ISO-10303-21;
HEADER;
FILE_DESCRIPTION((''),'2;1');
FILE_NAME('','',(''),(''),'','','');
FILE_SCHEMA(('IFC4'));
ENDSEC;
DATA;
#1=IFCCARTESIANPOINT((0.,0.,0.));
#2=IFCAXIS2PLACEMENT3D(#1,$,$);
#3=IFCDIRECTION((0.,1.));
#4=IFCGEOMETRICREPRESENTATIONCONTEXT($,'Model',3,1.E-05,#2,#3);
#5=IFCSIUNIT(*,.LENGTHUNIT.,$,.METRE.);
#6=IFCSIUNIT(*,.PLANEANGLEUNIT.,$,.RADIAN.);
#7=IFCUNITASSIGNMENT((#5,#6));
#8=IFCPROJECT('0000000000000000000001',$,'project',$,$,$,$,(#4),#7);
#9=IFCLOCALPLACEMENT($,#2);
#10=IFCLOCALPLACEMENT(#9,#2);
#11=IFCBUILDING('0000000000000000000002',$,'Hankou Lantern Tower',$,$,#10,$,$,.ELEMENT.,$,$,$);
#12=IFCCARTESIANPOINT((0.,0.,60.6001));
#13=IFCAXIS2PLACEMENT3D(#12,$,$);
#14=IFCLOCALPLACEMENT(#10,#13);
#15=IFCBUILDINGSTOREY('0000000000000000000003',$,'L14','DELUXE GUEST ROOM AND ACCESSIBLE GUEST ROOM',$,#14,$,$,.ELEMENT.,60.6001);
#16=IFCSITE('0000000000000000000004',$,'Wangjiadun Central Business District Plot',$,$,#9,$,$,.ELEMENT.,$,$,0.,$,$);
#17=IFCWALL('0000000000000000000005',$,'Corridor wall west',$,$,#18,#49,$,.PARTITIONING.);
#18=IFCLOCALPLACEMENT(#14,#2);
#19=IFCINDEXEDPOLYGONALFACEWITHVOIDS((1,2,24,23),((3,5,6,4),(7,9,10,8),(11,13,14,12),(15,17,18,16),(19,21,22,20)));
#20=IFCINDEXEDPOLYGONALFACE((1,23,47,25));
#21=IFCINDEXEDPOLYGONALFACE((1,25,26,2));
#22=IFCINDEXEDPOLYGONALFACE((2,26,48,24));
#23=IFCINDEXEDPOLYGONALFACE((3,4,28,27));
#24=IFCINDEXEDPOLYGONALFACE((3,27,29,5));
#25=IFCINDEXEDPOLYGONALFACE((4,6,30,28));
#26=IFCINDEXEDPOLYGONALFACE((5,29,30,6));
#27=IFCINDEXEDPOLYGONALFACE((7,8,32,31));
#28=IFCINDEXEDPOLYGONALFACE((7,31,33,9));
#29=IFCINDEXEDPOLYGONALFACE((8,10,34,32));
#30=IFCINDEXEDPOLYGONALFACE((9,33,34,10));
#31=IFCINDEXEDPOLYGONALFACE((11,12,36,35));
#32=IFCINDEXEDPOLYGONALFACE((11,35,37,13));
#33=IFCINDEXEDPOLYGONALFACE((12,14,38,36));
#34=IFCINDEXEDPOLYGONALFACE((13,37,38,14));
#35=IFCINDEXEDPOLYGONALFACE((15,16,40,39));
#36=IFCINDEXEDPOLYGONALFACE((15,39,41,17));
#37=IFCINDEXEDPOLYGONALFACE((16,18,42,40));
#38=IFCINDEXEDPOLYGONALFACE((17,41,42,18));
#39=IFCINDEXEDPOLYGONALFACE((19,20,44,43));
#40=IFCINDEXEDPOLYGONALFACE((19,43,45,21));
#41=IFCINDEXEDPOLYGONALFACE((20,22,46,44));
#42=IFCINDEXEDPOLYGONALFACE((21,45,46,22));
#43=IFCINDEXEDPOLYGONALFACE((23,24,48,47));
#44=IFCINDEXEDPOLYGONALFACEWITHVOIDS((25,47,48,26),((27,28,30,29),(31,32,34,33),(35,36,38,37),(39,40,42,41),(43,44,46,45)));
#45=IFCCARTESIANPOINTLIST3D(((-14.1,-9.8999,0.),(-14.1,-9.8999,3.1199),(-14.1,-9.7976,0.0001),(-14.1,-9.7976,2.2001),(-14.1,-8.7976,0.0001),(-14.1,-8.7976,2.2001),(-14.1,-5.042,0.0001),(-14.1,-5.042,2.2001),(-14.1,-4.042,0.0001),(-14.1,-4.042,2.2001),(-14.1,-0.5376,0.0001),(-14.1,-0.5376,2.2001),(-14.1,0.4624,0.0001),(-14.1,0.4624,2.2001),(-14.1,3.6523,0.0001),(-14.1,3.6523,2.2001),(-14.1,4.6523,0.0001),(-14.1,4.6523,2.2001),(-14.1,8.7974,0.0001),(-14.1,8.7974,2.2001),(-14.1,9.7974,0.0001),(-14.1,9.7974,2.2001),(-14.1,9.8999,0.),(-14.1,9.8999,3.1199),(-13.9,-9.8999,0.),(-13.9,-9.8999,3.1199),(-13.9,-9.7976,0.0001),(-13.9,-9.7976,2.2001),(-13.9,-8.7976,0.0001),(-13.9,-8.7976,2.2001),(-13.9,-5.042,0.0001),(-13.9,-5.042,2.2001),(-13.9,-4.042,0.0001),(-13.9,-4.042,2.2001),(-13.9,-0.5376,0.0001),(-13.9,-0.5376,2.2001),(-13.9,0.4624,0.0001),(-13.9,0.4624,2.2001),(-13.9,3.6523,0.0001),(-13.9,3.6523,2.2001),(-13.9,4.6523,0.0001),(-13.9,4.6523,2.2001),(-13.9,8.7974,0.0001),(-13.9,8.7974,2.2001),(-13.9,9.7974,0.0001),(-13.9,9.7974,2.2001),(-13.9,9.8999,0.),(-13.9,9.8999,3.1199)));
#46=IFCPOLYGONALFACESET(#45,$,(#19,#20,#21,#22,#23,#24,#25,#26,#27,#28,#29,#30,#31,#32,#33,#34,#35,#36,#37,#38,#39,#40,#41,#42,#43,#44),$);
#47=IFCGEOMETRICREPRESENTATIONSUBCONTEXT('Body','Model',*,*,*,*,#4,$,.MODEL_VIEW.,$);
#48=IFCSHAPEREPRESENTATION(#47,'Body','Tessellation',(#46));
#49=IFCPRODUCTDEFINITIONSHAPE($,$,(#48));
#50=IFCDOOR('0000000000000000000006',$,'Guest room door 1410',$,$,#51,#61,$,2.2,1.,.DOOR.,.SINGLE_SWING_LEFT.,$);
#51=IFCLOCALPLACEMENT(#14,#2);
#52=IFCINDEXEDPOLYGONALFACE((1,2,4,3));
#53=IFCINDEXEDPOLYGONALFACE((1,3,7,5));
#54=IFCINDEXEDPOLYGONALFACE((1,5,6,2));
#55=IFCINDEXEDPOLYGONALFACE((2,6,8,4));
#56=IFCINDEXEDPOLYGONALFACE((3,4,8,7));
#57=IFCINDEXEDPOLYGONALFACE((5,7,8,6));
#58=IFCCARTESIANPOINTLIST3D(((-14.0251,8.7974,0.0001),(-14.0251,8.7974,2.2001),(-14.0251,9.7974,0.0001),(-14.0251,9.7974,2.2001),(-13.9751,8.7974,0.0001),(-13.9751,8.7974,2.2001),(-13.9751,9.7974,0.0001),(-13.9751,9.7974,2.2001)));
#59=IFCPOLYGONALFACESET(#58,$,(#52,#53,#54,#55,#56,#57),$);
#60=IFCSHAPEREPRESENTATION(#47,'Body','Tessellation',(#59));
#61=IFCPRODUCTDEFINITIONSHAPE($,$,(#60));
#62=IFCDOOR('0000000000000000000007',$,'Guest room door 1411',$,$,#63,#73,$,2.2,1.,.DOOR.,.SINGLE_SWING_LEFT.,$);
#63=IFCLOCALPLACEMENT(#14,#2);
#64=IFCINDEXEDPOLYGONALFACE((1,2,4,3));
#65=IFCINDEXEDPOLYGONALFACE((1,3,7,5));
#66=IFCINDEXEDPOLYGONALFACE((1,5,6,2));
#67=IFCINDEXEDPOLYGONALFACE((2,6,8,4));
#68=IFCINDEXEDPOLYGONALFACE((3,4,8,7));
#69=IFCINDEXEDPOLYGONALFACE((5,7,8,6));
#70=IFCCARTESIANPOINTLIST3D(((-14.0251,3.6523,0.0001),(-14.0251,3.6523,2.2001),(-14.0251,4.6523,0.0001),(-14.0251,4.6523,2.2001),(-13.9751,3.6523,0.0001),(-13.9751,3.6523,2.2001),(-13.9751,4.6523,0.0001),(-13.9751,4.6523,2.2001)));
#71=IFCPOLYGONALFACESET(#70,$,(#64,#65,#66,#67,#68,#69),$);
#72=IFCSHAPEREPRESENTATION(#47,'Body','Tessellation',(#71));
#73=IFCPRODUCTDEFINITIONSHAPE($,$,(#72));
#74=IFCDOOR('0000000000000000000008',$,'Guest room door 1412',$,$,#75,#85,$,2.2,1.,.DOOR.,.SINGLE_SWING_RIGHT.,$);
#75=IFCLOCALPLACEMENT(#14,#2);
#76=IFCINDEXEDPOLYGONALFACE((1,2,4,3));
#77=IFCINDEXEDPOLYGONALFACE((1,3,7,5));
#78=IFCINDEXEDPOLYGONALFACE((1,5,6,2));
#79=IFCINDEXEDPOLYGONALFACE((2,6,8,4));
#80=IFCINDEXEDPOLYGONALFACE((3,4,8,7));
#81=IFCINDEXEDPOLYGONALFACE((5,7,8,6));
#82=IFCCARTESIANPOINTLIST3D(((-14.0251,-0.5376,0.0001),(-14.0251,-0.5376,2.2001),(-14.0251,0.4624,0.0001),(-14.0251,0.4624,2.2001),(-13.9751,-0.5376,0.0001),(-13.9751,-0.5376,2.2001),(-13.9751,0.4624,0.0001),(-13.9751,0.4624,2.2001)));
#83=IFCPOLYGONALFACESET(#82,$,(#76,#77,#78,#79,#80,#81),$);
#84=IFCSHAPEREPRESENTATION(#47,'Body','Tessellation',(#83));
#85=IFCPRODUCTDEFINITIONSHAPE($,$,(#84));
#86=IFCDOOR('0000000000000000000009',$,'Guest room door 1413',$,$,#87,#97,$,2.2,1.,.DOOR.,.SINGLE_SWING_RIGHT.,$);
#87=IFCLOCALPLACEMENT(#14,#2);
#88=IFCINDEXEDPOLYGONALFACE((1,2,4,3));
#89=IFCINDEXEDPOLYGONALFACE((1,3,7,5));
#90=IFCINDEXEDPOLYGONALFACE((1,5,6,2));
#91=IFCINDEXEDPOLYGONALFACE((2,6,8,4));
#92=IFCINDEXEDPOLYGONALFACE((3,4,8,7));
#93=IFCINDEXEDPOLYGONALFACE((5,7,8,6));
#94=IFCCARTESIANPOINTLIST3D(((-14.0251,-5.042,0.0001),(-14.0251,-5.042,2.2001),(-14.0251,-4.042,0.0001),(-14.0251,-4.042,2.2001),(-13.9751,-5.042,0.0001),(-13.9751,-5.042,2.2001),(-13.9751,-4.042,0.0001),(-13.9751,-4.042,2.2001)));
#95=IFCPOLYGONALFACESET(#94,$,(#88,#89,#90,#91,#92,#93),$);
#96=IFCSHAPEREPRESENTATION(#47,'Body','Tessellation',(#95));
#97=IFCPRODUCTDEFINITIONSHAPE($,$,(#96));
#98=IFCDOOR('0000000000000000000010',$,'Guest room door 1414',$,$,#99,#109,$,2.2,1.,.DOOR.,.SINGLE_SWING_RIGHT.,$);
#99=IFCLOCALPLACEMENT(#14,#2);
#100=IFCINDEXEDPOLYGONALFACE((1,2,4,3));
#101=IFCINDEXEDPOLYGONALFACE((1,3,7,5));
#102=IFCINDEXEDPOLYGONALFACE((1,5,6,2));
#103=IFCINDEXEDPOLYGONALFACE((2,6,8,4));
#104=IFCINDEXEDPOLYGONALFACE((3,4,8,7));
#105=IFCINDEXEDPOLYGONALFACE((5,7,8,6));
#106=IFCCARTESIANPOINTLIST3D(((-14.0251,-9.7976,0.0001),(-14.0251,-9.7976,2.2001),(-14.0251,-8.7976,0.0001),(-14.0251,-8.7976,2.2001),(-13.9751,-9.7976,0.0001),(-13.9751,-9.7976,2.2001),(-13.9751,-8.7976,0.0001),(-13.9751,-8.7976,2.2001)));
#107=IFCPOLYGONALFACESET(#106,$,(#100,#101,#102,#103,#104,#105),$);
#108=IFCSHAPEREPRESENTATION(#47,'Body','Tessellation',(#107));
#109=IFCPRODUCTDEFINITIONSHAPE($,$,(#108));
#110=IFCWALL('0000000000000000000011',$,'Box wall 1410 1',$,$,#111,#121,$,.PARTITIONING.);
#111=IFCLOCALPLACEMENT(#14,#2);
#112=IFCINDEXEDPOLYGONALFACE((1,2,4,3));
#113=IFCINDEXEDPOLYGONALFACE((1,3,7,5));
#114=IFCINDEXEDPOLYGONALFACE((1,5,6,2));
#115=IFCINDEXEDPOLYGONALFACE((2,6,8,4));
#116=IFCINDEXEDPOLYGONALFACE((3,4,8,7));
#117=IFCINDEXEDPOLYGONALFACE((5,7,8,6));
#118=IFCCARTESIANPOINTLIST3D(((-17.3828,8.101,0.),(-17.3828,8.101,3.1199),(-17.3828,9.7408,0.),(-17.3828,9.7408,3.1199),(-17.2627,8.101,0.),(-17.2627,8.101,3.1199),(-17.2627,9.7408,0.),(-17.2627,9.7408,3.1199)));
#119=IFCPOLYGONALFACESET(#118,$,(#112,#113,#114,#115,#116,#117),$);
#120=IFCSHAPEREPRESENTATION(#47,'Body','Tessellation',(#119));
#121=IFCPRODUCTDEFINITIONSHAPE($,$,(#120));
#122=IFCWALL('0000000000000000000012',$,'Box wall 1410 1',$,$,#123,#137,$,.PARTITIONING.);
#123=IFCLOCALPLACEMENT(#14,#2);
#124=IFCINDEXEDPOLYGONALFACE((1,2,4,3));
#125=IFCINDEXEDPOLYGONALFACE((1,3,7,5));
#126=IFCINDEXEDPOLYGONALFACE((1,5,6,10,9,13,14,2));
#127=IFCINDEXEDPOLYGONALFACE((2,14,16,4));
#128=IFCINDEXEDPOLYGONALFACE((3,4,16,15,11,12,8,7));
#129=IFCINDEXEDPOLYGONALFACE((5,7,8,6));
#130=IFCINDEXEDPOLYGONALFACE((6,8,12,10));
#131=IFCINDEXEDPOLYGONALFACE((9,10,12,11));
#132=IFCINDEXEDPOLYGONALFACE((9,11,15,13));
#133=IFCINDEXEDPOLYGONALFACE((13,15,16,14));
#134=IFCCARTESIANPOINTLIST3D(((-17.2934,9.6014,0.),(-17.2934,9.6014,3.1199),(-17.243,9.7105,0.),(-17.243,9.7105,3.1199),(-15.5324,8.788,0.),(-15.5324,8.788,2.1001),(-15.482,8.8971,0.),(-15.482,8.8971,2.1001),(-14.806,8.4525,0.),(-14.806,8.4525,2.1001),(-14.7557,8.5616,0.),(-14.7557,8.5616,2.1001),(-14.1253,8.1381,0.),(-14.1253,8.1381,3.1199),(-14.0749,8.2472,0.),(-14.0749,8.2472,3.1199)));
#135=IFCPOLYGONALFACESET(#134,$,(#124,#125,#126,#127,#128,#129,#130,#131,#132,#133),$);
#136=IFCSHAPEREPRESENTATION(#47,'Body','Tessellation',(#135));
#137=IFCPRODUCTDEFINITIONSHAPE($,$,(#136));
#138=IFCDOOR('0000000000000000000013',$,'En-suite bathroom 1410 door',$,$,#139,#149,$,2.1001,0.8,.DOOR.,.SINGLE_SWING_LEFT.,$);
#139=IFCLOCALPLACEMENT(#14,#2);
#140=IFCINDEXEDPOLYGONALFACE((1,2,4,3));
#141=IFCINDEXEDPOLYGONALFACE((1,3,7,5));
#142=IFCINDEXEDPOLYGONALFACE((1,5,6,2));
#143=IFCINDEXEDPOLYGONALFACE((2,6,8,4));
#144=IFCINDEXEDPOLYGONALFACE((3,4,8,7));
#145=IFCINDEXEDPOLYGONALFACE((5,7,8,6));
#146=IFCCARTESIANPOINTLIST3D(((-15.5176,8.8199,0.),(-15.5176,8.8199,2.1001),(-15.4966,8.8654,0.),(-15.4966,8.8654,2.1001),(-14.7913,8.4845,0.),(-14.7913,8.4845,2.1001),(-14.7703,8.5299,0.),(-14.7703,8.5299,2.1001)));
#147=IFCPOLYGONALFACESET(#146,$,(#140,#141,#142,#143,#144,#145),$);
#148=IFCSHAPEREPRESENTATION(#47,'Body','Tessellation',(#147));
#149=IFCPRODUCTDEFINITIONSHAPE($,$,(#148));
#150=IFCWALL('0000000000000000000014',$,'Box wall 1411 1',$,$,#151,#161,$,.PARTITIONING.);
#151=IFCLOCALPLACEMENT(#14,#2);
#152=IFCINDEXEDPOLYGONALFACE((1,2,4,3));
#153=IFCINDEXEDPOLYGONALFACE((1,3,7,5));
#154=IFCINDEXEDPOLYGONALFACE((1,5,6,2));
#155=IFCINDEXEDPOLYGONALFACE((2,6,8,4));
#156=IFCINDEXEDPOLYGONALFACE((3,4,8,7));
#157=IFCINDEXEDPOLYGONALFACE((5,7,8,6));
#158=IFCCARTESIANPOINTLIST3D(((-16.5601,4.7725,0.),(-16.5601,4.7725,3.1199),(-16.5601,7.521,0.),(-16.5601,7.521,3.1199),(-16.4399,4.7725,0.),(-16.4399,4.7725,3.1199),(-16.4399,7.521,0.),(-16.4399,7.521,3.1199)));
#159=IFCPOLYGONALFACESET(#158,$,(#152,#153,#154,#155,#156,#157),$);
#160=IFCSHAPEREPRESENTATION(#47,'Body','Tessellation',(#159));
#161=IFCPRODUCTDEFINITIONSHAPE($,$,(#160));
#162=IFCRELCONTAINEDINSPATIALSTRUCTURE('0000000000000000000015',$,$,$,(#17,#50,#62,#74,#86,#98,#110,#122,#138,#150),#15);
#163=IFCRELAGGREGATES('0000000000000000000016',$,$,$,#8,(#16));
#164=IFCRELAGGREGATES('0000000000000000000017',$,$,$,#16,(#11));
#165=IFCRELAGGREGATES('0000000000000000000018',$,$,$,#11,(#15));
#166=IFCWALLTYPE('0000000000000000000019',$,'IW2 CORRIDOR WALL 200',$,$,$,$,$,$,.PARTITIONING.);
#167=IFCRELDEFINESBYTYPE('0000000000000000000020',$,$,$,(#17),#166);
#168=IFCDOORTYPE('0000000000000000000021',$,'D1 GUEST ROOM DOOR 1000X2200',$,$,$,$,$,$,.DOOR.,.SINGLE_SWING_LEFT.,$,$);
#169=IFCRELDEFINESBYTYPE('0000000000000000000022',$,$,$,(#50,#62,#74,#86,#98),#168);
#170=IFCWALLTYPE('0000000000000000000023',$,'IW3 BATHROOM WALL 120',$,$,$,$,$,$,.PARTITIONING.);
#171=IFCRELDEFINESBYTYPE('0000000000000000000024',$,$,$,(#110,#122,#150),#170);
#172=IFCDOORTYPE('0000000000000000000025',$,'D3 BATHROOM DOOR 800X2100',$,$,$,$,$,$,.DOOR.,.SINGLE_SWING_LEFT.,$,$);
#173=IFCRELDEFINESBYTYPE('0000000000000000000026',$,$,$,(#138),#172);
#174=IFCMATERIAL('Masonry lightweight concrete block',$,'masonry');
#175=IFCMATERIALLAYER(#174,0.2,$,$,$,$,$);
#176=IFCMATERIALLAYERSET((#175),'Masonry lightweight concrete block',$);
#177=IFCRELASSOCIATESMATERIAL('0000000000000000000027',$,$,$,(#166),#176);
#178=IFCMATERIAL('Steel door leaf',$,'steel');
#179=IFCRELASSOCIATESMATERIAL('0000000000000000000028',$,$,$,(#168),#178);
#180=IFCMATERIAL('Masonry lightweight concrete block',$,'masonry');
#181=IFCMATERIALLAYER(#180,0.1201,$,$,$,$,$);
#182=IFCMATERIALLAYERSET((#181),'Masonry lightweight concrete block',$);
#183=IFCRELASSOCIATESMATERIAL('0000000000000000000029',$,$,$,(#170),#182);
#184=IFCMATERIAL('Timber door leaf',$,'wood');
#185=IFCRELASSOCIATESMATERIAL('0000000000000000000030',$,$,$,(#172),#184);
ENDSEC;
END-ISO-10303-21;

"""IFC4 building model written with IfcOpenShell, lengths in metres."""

from ifc_helpers import new_model, si_unit, direction, frame, frame_2d, origin, place, context, subcontext, project, spatial, rectangle, extrude, material, layer, layer_set, type_object, element, fill, save


model = new_model("IFC4")

# Units and contexts
model_context = context("Model", 3, precision=1e-05, world=origin(), true_north=direction((0.0, 1.0)))
body_context = subcontext(model_context, "Body", "Model", "MODEL_VIEW")
ifc_project = project(units=[si_unit("LENGTHUNIT", "METRE"), si_unit("PLANEANGLEUNIT", "RADIAN")], contexts=[model_context])

# Site, building, storey
site_placement = place(None, origin())
site = spatial("IfcSite", under=ifc_project, at=site_placement, Name="Wangjiadun Central Business District Plot", CompositionType="ELEMENT", RefElevation=0.0)
building_placement = place(site_placement, origin())
building = spatial("IfcBuilding", under=site, at=building_placement, Name="Hankou Lantern Tower", CompositionType="ELEMENT")
storey_placement = place(building_placement, frame((0.0, 0.0, 60.6001)))
storey = spatial("IfcBuildingStorey", under=building, at=storey_placement, Name="L14", Description="DELUXE GUEST ROOM AND ACCESSIBLE GUEST ROOM", CompositionType="ELEMENT", Elevation=60.6001)

# Wall, openings, doors
ifc_material_1 = material(Name="Masonry lightweight concrete block", Category="masonry")
ifc_layer_1 = layer(ifc_material_1, 0.2)
ifc_layer_set_1 = layer_set([ifc_layer_1], Name="Masonry lightweight concrete block")
wall_type_1 = type_object("IfcWallType", Name="IW2 CORRIDOR WALL 200", PredefinedType="PARTITIONING", material=ifc_layer_set_1)
ifc_material_2 = material(Name="Steel door leaf", Category="steel")
door_type_1 = type_object("IfcDoorType", Name="D1 GUEST ROOM DOOR 1000X2200", OperationType="SINGLE_SWING_LEFT", PredefinedType="DOOR", material=ifc_material_2)
wall_1_placement = place(storey_placement, frame((-14.0, 9.8999, 0.0), z_axis=(0.0, 0.0, 1.0), x_axis=(0.0, -1.0, 0.0)))
wall_1 = element("IfcWall", 1, at=wall_1_placement, inside=storey, type_object=wall_type_1, Name="Corridor wall west", PredefinedType="PARTITIONING", context=body_context, shape_type="SweptSolid", body=[
    extrude(rectangle(XDim=19.7998, YDim=0.2, at=frame_2d((9.8999, 0.0))), origin(), (0.0, 0.0, 1.0), 3.1199),
])
opening_1_placement = place(wall_1_placement, frame((0.1025, 0.0, 0.0)))
opening_1 = element("IfcOpeningElement", 2, at=opening_1_placement, cuts=wall_1, PredefinedType="OPENING", context=body_context, shape_type="SweptSolid", body=[
    extrude(rectangle(XDim=1.0, YDim=2.2, at=frame_2d((0.5, 1.1001))), frame((0.0, 0.1099, 0.0), z_axis=(0.0, -1.0, 0.0), x_axis=(1.0, 0.0, 0.0)), (0.0, 0.0, 1.0), 0.22),
])
opening_2_placement = place(wall_1_placement, frame((5.2476, 0.0, 0.0)))
opening_2 = element("IfcOpeningElement", 3, at=opening_2_placement, cuts=wall_1, PredefinedType="OPENING", context=body_context, shape_type="SweptSolid", body=[
    extrude(rectangle(XDim=1.0, YDim=2.2, at=frame_2d((0.5, 1.1001))), frame((0.0, 0.1099, 0.0), z_axis=(0.0, -1.0, 0.0), x_axis=(1.0, 0.0, 0.0)), (0.0, 0.0, 1.0), 0.22),
])
opening_3_placement = place(wall_1_placement, frame((9.4375, 0.0, 0.0)))
opening_3 = element("IfcOpeningElement", 4, at=opening_3_placement, cuts=wall_1, PredefinedType="OPENING", context=body_context, shape_type="SweptSolid", body=[
    extrude(rectangle(XDim=1.0, YDim=2.2, at=frame_2d((0.5, 1.1001))), frame((0.0, 0.1099, 0.0), z_axis=(0.0, -1.0, 0.0), x_axis=(1.0, 0.0, 0.0)), (0.0, 0.0, 1.0), 0.22),
])
opening_4_placement = place(wall_1_placement, frame((13.9419, 0.0, 0.0)))
opening_4 = element("IfcOpeningElement", 5, at=opening_4_placement, cuts=wall_1, PredefinedType="OPENING", context=body_context, shape_type="SweptSolid", body=[
    extrude(rectangle(XDim=1.0, YDim=2.2, at=frame_2d((0.5, 1.1001))), frame((0.0, 0.1099, 0.0), z_axis=(0.0, -1.0, 0.0), x_axis=(1.0, 0.0, 0.0)), (0.0, 0.0, 1.0), 0.22),
])
opening_5_placement = place(wall_1_placement, frame((18.6975, 0.0, 0.0)))
opening_5 = element("IfcOpeningElement", 6, at=opening_5_placement, cuts=wall_1, PredefinedType="OPENING", context=body_context, shape_type="SweptSolid", body=[
    extrude(rectangle(XDim=1.0, YDim=2.2, at=frame_2d((0.5, 1.1001))), frame((0.0, 0.1099, 0.0), z_axis=(0.0, -1.0, 0.0), x_axis=(1.0, 0.0, 0.0)), (0.0, 0.0, 1.0), 0.22),
])
door_1_placement = place(opening_1_placement, origin())
door_1 = element("IfcDoor", 7, at=door_1_placement, inside=storey, type_object=door_type_1, Name="Guest room door 1410", OperationType="SINGLE_SWING_LEFT", OverallHeight=2.2, OverallWidth=1.0, PredefinedType="DOOR", context=body_context, shape_type="SweptSolid", body=[
    extrude(rectangle(XDim=1.0, YDim=2.2, at=frame_2d((0.5, 1.1001))), frame((0.0, 0.0249, 0.0), z_axis=(0.0, -1.0, 0.0), x_axis=(1.0, 0.0, 0.0)), (0.0, 0.0, 1.0), 0.05),
])
fill(opening_1, door_1)
door_2_placement = place(opening_2_placement, origin())
door_2 = element("IfcDoor", 8, at=door_2_placement, inside=storey, type_object=door_type_1, Name="Guest room door 1411", OperationType="SINGLE_SWING_LEFT", OverallHeight=2.2, OverallWidth=1.0, PredefinedType="DOOR", context=body_context, shape_type="SweptSolid", body=[
    extrude(rectangle(XDim=1.0, YDim=2.2, at=frame_2d((0.5, 1.1001))), frame((0.0, 0.0249, 0.0), z_axis=(0.0, -1.0, 0.0), x_axis=(1.0, 0.0, 0.0)), (0.0, 0.0, 1.0), 0.05),
])
fill(opening_2, door_2)
door_3_placement = place(opening_3_placement, origin())
door_3 = element("IfcDoor", 9, at=door_3_placement, inside=storey, type_object=door_type_1, Name="Guest room door 1412", OperationType="SINGLE_SWING_RIGHT", OverallHeight=2.2, OverallWidth=1.0, PredefinedType="DOOR", context=body_context, shape_type="SweptSolid", body=[
    extrude(rectangle(XDim=1.0, YDim=2.2, at=frame_2d((0.5, 1.1001))), frame((0.0, 0.0249, 0.0), z_axis=(0.0, -1.0, 0.0), x_axis=(1.0, 0.0, 0.0)), (0.0, 0.0, 1.0), 0.05),
])
fill(opening_3, door_3)
door_4_placement = place(opening_4_placement, origin())
door_4 = element("IfcDoor", 10, at=door_4_placement, inside=storey, type_object=door_type_1, Name="Guest room door 1413", OperationType="SINGLE_SWING_RIGHT", OverallHeight=2.2, OverallWidth=1.0, PredefinedType="DOOR", context=body_context, shape_type="SweptSolid", body=[
    extrude(rectangle(XDim=1.0, YDim=2.2, at=frame_2d((0.5, 1.1001))), frame((0.0, 0.0249, 0.0), z_axis=(0.0, -1.0, 0.0), x_axis=(1.0, 0.0, 0.0)), (0.0, 0.0, 1.0), 0.05),
])
fill(opening_4, door_4)
door_5_placement = place(opening_5_placement, origin())
door_5 = element("IfcDoor", 11, at=door_5_placement, inside=storey, type_object=door_type_1, Name="Guest room door 1414", OperationType="SINGLE_SWING_RIGHT", OverallHeight=2.2, OverallWidth=1.0, PredefinedType="DOOR", context=body_context, shape_type="SweptSolid", body=[
    extrude(rectangle(XDim=1.0, YDim=2.2, at=frame_2d((0.5, 1.1001))), frame((0.0, 0.0249, 0.0), z_axis=(0.0, -1.0, 0.0), x_axis=(1.0, 0.0, 0.0)), (0.0, 0.0, 1.0), 0.05),
])
fill(opening_5, door_5)

# Wall
ifc_material_3 = material(Name="Masonry lightweight concrete block", Category="masonry")
ifc_layer_2 = layer(ifc_material_3, 0.1201)
ifc_layer_set_2 = layer_set([ifc_layer_2], Name="Masonry lightweight concrete block")
wall_type_2 = type_object("IfcWallType", Name="IW3 BATHROOM WALL 120", PredefinedType="PARTITIONING", material=ifc_layer_set_2)
wall_2_placement = place(storey_placement, frame((-17.3228, 8.1011, 0.0), z_axis=(0.0, 0.0, 1.0), x_axis=(0.0, 1.0, 0.0)))
element("IfcWall", 12, at=wall_2_placement, inside=storey, type_object=wall_type_2, Name="Box wall 1410 1", PredefinedType="PARTITIONING", context=body_context, shape_type="SweptSolid", body=[
    extrude(rectangle(XDim=1.6399, YDim=0.1201, at=frame_2d((0.8198, 0.0))), origin(), (0.0, 0.0, 1.0), 3.1199),
])

# Wall, opening, door
wall_3_placement = place(storey_placement, frame((-14.1001, 8.1926, 0.0), z_axis=(0.0, 0.0, 1.0), x_axis=(-0.907836, 0.419324, 0.0)))
wall_3 = element("IfcWall", 13, at=wall_3_placement, inside=storey, type_object=wall_type_2, Name="Box wall 1410 1", PredefinedType="PARTITIONING", context=body_context, shape_type="SweptSolid", body=[
    extrude(rectangle(XDim=3.4897, YDim=0.1201, at=frame_2d((1.7449, 0.0))), origin(), (0.0, 0.0, 1.0), 3.1199),
])
opening_6_placement = place(wall_3_placement, frame((0.75, 0.0, 0.0)))
opening_6 = element("IfcOpeningElement", 14, at=opening_6_placement, cuts=wall_3, PredefinedType="OPENING", context=body_context, shape_type="SweptSolid", body=[
    extrude(rectangle(XDim=0.8, YDim=2.1001, at=frame_2d((0.3999, 1.05))), frame((0.0, 0.0701, 0.0), z_axis=(0.0, -1.0, 0.0), x_axis=(1.0, 0.0, 0.0)), (0.0, 0.0, 1.0), 0.1401),
])
ifc_material_4 = material(Name="Timber door leaf", Category="wood")
door_type_2 = type_object("IfcDoorType", Name="D3 BATHROOM DOOR 800X2100", OperationType="SINGLE_SWING_LEFT", PredefinedType="DOOR", material=ifc_material_4)
door_6_placement = place(opening_6_placement, origin())
door_6 = element("IfcDoor", 15, at=door_6_placement, inside=storey, type_object=door_type_2, Name="En-suite bathroom 1410 door", OperationType="SINGLE_SWING_LEFT", OverallHeight=2.1001, OverallWidth=0.8, PredefinedType="DOOR", context=body_context, shape_type="SweptSolid", body=[
    extrude(rectangle(XDim=0.8, YDim=2.1001, at=frame_2d((0.3999, 1.05))), frame((0.0, 0.0249, 0.0), z_axis=(0.0, -1.0, 0.0), x_axis=(1.0, 0.0, 0.0)), (0.0, 0.0, 1.0), 0.05),
])
fill(opening_6, door_6)

# Wall
wall_4_placement = place(storey_placement, frame((-16.5, 7.521, 0.0), z_axis=(0.0, 0.0, 1.0), x_axis=(0.0, -1.0, 0.0)))
element("IfcWall", 16, at=wall_4_placement, inside=storey, type_object=wall_type_2, Name="Box wall 1411 1", PredefinedType="PARTITIONING", context=body_context, shape_type="SweptSolid", body=[
    extrude(rectangle(XDim=2.7485, YDim=0.1201, at=frame_2d((1.3743, 0.0))), origin(), (0.0, 0.0, 1.0), 3.1199),
])

save(model, "model.ifc")
